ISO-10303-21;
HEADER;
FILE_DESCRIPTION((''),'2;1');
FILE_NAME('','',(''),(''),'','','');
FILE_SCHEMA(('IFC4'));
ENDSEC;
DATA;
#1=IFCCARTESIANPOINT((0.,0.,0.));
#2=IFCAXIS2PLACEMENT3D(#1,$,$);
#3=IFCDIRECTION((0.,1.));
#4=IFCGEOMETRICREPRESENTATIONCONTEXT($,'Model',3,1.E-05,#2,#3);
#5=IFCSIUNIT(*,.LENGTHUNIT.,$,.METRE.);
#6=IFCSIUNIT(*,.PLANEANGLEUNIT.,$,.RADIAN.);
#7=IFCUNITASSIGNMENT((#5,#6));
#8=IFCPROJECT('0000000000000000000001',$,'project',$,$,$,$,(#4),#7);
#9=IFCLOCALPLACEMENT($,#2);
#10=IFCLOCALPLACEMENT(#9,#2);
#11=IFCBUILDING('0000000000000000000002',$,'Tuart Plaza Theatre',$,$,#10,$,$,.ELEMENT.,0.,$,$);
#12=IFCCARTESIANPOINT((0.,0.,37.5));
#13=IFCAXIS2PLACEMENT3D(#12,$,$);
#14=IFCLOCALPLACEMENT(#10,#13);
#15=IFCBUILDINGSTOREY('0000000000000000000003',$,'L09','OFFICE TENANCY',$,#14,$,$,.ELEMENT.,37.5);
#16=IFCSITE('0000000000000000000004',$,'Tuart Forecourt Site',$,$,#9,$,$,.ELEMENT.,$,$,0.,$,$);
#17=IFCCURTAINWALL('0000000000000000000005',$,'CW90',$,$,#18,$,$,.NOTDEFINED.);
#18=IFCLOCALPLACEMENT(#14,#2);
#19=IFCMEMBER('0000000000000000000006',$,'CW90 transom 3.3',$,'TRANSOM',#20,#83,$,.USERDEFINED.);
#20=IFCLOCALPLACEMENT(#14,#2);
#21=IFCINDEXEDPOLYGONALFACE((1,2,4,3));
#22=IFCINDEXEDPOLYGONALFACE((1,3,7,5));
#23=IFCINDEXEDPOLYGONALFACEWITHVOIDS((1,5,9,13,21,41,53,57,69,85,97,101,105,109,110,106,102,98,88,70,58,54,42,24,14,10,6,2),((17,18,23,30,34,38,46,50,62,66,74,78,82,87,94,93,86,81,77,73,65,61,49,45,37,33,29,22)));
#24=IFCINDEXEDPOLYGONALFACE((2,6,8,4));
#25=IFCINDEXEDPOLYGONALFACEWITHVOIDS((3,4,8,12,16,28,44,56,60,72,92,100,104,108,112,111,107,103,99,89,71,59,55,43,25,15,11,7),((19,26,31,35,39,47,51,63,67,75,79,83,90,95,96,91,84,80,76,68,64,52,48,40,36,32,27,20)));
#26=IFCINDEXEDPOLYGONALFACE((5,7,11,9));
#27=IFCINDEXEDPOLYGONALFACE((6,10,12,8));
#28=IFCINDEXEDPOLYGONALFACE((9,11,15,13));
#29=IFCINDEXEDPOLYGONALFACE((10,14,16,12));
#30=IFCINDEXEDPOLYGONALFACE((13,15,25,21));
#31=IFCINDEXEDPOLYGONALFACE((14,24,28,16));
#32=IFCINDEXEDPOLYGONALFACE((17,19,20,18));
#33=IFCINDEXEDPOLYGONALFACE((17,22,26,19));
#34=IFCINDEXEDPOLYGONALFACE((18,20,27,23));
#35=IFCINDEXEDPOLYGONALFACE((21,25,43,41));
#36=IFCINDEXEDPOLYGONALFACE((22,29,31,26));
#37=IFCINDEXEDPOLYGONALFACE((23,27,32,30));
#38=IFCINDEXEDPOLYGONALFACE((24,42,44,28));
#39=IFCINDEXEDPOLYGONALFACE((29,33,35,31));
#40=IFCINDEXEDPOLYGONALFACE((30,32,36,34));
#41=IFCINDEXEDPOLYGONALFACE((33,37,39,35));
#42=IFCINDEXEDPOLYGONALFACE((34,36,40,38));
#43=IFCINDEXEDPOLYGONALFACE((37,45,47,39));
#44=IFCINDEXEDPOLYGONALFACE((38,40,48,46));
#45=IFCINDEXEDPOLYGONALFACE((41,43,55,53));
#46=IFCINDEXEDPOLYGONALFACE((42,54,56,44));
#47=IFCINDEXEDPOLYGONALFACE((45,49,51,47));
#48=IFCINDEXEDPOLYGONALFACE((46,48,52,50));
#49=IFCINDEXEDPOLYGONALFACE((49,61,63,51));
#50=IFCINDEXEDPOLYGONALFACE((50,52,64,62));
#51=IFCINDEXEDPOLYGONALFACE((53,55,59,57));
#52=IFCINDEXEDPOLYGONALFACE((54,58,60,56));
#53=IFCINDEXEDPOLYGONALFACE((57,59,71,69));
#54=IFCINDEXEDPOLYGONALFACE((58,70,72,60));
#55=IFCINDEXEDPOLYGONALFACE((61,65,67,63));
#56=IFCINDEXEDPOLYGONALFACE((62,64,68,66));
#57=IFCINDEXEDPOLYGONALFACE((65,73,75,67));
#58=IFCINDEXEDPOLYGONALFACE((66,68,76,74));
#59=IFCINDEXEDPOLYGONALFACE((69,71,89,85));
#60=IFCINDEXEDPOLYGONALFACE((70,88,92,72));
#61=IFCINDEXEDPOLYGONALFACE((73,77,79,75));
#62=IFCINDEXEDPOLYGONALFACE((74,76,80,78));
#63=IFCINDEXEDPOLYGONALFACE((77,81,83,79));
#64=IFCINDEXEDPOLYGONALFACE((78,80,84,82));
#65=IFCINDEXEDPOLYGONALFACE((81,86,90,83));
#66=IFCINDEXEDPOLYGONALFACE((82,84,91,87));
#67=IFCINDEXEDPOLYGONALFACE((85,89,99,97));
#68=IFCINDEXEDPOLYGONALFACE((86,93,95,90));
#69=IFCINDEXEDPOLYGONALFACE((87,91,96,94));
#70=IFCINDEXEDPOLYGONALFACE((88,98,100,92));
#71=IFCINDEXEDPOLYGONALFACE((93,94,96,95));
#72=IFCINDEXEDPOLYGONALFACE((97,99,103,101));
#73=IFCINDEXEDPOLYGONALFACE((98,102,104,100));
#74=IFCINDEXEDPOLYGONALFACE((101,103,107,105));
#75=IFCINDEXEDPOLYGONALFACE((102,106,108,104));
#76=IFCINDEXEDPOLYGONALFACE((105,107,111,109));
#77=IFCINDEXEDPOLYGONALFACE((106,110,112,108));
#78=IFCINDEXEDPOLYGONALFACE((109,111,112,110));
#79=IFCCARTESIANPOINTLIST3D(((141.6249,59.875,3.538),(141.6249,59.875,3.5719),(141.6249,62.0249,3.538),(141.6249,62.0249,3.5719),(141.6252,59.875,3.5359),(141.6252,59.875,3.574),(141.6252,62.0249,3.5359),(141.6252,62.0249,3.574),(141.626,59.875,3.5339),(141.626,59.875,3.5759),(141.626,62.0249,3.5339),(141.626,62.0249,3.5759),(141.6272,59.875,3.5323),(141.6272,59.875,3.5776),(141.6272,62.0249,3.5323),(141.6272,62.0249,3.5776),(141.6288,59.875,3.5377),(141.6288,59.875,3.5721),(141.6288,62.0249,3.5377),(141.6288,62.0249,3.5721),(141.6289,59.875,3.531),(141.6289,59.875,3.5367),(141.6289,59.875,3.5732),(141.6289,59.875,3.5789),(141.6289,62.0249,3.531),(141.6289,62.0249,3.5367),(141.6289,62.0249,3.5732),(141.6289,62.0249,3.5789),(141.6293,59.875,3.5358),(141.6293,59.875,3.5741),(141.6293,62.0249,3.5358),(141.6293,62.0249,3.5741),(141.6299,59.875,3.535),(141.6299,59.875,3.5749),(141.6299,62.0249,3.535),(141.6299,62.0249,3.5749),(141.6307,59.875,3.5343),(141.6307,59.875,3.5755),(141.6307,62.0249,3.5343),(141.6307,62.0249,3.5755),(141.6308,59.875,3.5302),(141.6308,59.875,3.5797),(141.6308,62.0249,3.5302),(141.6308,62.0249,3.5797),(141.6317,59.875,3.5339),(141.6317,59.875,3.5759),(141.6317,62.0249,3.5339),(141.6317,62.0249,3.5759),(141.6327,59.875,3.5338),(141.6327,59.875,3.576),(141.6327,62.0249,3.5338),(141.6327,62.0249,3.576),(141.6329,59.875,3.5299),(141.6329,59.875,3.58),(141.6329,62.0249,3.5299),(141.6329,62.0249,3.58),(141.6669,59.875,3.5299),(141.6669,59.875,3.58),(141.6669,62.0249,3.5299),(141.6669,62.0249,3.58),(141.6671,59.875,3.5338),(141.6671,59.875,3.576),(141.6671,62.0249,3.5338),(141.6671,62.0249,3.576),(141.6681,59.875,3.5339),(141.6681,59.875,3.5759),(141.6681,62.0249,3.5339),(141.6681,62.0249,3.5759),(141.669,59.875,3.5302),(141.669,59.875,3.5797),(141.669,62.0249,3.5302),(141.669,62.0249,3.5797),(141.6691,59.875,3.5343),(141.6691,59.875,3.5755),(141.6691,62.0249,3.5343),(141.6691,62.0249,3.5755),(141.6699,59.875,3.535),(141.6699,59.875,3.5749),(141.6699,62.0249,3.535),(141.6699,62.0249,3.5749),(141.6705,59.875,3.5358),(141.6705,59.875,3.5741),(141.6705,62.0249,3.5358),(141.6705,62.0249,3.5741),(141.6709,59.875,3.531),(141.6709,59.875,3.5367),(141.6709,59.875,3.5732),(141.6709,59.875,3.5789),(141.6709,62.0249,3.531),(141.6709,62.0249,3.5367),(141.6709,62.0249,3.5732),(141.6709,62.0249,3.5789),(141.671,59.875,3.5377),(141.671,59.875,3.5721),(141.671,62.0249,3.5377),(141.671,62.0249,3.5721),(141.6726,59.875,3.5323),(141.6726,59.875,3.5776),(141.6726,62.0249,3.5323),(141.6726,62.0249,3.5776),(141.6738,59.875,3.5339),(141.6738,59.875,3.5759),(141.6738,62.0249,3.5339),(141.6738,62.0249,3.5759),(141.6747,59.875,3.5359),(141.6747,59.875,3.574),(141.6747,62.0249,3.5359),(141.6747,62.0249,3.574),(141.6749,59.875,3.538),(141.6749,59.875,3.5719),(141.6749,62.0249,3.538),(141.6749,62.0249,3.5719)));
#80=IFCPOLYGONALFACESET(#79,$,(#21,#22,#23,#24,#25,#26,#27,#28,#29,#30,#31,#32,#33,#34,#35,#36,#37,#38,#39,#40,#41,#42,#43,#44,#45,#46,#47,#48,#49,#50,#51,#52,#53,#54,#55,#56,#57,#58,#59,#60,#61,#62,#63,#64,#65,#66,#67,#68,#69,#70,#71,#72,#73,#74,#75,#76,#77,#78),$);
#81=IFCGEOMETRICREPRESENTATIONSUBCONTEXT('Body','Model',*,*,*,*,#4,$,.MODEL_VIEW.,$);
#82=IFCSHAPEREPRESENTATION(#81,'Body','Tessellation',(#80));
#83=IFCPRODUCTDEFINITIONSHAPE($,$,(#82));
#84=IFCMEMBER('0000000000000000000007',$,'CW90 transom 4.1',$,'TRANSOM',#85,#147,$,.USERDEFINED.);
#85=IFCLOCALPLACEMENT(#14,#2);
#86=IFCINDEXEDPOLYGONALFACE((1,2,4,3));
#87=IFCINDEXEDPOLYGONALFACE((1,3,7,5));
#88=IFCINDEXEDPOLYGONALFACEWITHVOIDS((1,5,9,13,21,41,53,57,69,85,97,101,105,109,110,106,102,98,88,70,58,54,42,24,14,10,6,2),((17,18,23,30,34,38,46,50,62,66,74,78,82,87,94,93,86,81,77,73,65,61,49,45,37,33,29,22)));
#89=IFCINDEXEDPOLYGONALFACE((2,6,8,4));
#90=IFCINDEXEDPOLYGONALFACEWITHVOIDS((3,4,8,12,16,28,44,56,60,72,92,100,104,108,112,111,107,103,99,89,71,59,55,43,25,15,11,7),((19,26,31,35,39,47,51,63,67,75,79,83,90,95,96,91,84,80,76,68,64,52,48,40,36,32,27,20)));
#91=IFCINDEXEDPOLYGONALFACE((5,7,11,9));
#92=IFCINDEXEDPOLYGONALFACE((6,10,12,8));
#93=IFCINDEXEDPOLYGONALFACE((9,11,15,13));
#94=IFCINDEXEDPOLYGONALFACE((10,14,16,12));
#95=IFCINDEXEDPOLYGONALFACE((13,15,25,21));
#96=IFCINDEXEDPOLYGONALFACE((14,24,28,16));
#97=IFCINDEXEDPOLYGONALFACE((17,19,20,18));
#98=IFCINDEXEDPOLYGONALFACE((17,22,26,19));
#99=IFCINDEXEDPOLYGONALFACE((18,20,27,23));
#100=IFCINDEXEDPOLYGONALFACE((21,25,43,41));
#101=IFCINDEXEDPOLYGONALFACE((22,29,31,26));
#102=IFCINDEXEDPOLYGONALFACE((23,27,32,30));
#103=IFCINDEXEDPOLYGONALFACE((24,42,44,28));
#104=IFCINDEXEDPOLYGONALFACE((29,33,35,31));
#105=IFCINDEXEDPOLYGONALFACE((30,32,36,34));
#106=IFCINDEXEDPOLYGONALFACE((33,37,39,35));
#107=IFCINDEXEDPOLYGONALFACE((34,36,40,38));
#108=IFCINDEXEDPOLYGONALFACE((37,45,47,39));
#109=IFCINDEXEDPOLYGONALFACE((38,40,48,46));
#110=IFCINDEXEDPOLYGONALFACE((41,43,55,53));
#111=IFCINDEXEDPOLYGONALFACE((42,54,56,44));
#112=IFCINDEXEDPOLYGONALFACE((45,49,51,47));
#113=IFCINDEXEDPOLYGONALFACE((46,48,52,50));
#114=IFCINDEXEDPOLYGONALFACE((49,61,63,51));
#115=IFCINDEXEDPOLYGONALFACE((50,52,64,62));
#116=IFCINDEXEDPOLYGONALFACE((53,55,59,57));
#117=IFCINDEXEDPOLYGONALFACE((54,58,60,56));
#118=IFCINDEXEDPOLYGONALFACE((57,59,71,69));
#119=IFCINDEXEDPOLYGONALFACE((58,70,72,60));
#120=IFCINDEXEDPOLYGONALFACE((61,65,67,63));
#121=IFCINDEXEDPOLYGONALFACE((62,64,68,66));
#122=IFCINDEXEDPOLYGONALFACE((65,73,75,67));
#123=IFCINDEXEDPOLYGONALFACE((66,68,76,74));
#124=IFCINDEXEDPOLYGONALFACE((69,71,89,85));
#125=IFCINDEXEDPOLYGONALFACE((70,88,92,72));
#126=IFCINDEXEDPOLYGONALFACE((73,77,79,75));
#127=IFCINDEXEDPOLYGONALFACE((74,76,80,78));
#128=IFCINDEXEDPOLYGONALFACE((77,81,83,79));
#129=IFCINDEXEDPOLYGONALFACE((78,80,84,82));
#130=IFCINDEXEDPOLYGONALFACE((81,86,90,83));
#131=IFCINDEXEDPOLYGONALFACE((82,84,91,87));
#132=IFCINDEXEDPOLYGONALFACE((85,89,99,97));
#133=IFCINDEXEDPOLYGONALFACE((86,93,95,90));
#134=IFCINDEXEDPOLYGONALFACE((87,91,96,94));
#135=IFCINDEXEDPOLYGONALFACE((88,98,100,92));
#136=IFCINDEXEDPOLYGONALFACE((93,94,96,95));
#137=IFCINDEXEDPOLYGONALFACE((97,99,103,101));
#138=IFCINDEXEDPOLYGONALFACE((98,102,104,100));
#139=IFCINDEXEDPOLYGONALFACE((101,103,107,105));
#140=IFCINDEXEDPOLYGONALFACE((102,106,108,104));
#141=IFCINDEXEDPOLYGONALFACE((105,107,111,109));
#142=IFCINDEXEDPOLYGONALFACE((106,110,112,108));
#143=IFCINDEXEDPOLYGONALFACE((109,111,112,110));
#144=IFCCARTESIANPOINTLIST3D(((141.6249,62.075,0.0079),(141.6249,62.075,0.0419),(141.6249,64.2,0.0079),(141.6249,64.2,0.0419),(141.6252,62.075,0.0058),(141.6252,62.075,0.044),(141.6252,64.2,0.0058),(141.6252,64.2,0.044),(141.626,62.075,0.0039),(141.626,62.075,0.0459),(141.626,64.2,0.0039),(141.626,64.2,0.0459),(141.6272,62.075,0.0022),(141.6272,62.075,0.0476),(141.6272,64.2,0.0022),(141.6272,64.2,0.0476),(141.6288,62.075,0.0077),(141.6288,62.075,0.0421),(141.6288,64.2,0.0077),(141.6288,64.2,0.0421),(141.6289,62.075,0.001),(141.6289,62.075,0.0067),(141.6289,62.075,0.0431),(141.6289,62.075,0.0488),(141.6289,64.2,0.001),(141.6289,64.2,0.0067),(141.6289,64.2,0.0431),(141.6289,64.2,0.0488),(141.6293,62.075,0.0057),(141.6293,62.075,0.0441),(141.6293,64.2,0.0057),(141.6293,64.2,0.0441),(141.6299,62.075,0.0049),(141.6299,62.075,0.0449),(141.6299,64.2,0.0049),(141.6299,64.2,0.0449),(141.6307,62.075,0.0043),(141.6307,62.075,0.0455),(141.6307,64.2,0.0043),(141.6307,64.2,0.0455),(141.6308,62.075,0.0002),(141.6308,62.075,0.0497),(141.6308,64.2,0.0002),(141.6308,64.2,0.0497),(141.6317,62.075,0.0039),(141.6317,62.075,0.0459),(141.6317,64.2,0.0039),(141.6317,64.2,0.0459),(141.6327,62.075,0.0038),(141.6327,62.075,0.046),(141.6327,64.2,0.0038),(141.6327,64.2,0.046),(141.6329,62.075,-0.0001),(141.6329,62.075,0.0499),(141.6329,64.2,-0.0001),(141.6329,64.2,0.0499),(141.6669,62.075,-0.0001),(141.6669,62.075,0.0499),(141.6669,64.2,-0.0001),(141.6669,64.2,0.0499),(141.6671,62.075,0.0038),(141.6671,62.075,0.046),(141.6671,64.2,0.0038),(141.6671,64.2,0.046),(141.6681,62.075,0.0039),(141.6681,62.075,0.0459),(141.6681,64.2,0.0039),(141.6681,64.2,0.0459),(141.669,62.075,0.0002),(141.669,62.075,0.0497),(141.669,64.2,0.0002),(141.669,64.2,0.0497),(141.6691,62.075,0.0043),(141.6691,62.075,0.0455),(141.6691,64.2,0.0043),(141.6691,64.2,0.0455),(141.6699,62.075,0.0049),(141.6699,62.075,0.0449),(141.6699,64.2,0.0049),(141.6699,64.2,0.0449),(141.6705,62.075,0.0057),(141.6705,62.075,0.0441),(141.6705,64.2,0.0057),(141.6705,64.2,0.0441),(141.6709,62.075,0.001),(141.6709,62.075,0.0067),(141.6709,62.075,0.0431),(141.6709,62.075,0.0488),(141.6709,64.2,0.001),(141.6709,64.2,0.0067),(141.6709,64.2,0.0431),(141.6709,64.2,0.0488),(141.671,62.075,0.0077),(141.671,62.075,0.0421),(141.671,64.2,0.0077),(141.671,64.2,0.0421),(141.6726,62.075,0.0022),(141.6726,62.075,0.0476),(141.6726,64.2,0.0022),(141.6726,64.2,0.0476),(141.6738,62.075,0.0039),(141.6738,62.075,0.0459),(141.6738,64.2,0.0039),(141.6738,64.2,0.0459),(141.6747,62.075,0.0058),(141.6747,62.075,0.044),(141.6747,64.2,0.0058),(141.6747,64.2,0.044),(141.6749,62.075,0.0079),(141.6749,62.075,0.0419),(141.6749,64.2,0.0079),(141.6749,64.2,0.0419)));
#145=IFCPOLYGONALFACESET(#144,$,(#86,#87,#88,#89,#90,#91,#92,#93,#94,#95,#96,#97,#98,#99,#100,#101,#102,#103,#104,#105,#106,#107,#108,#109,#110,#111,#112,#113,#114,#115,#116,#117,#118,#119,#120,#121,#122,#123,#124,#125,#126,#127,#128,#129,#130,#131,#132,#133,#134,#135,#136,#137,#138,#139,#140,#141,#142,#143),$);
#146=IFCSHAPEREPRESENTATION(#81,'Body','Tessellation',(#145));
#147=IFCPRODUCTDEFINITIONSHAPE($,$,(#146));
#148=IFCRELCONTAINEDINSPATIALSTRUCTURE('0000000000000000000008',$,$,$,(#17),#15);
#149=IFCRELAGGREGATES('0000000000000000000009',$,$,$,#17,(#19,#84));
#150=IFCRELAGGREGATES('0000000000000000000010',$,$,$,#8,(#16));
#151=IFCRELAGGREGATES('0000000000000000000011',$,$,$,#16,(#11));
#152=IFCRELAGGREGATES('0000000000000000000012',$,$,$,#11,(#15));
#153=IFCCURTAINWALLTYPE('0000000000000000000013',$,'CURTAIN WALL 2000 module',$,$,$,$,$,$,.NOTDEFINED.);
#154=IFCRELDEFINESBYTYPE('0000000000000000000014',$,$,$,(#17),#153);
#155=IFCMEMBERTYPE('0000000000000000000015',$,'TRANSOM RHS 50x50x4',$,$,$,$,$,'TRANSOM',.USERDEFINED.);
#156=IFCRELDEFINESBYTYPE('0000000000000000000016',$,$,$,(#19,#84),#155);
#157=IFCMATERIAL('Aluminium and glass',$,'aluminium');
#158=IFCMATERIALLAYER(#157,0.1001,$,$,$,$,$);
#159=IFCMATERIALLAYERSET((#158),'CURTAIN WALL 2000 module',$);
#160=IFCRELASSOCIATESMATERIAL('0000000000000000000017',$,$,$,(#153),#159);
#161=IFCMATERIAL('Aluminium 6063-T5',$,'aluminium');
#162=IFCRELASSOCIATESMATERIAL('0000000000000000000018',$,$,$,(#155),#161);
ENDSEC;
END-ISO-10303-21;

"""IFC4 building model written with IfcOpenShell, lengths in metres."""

from ifc_helpers import new_model, si_unit, direction, frame, origin, origin_2d, place, context, subcontext, project, spatial, hollow_rectangle, extrude, material, layer, layer_set, material_profile, profile_set, type_object, element, aggregate, save


model = new_model("IFC4")

# Units and contexts
model_context = context("Model", 3, precision=1e-05, world=origin(), true_north=direction((0.0, 1.0)))
body_context = subcontext(model_context, "Body", "Model", "MODEL_VIEW")
ifc_project = project(units=[si_unit("LENGTHUNIT", "METRE"), si_unit("PLANEANGLEUNIT", "RADIAN")], contexts=[model_context])

# Site, building, storey
site_placement = place(None, origin())
site = spatial("IfcSite", under=ifc_project, at=site_placement, Name="Tuart Forecourt Site", CompositionType="ELEMENT", RefElevation=0.0)
building_placement = place(site_placement, origin())
building = spatial("IfcBuilding", under=site, at=building_placement, Name="Tuart Plaza Theatre", CompositionType="ELEMENT", ElevationOfRefHeight=0.0)
storey_placement = place(building_placement, frame((0.0, 0.0, 37.5)))
storey = spatial("IfcBuildingStorey", under=building, at=storey_placement, Name="L09", Description="OFFICE TENANCY", CompositionType="ELEMENT", Elevation=37.5)

# Shared definitions
ifc_material_1 = material(Name="Aluminium and glass", Category="aluminium")
ifc_layer_1 = layer(ifc_material_1, 0.1001)
ifc_layer_set_1 = layer_set([ifc_layer_1], Name="CURTAIN WALL 2000 module")
curtain_wall_type = type_object("IfcCurtainWallType", Name="CURTAIN WALL 2000 module", PredefinedType="NOTDEFINED", material=ifc_layer_set_1)

# Curtain wall, members
curtain_wall_1_placement = place(storey_placement, origin())
curtain_wall_1 = element("IfcCurtainWall", 1, at=curtain_wall_1_placement, inside=storey, type_object=curtain_wall_type, Name="CW90", PredefinedType="NOTDEFINED")
ifc_material_2 = material(Name="Aluminium 6063-T5", Category="aluminium")
ifc_material_profile_1 = material_profile(ifc_material_2, hollow_rectangle(XDim=0.05, YDim=0.05, WallThickness=0.0039, InnerFilletRadius=0.0039, OuterFilletRadius=0.0081, at=origin_2d()), Name="RHS 50x50x4")
ifc_profile_set_1 = profile_set([ifc_material_profile_1], Name="Aluminium 6063-T5")
member_type_1 = type_object("IfcMemberType", Name="TRANSOM RHS 50x50x4", ElementType="TRANSOM", PredefinedType="USERDEFINED", material=ifc_profile_set_1)
member_1_placement = place(storey_placement, frame((141.6499, 59.875, 3.5549), z_axis=(0.0, 1.0, 0.0), x_axis=(-1.0, 0.0, 0.0)))
member_1 = element("IfcMember", 2, at=member_1_placement, type_object=member_type_1, Name="CW90 transom 3.3", ObjectType="TRANSOM", PredefinedType="USERDEFINED", context=body_context, shape_type="SweptSolid", body=[
    extrude(hollow_rectangle(XDim=0.05, YDim=0.05, WallThickness=0.0039, InnerFilletRadius=0.0039, OuterFilletRadius=0.0081, at=origin_2d()), origin(), (0.0, 0.0, 1.0), 2.1499),
])
member_2_placement = place(storey_placement, frame((141.6499, 62.075, 0.0249), z_axis=(0.0, 1.0, 0.0), x_axis=(-1.0, 0.0, 0.0)))
member_2 = element("IfcMember", 3, at=member_2_placement, type_object=member_type_1, Name="CW90 transom 4.1", ObjectType="TRANSOM", PredefinedType="USERDEFINED", context=body_context, shape_type="SweptSolid", body=[
    extrude(hollow_rectangle(XDim=0.05, YDim=0.05, WallThickness=0.0039, InnerFilletRadius=0.0039, OuterFilletRadius=0.0081, at=origin_2d()), origin(), (0.0, 0.0, 1.0), 2.125),
])
aggregate(curtain_wall_1, [member_1, member_2])

save(model, "model.ifc")
